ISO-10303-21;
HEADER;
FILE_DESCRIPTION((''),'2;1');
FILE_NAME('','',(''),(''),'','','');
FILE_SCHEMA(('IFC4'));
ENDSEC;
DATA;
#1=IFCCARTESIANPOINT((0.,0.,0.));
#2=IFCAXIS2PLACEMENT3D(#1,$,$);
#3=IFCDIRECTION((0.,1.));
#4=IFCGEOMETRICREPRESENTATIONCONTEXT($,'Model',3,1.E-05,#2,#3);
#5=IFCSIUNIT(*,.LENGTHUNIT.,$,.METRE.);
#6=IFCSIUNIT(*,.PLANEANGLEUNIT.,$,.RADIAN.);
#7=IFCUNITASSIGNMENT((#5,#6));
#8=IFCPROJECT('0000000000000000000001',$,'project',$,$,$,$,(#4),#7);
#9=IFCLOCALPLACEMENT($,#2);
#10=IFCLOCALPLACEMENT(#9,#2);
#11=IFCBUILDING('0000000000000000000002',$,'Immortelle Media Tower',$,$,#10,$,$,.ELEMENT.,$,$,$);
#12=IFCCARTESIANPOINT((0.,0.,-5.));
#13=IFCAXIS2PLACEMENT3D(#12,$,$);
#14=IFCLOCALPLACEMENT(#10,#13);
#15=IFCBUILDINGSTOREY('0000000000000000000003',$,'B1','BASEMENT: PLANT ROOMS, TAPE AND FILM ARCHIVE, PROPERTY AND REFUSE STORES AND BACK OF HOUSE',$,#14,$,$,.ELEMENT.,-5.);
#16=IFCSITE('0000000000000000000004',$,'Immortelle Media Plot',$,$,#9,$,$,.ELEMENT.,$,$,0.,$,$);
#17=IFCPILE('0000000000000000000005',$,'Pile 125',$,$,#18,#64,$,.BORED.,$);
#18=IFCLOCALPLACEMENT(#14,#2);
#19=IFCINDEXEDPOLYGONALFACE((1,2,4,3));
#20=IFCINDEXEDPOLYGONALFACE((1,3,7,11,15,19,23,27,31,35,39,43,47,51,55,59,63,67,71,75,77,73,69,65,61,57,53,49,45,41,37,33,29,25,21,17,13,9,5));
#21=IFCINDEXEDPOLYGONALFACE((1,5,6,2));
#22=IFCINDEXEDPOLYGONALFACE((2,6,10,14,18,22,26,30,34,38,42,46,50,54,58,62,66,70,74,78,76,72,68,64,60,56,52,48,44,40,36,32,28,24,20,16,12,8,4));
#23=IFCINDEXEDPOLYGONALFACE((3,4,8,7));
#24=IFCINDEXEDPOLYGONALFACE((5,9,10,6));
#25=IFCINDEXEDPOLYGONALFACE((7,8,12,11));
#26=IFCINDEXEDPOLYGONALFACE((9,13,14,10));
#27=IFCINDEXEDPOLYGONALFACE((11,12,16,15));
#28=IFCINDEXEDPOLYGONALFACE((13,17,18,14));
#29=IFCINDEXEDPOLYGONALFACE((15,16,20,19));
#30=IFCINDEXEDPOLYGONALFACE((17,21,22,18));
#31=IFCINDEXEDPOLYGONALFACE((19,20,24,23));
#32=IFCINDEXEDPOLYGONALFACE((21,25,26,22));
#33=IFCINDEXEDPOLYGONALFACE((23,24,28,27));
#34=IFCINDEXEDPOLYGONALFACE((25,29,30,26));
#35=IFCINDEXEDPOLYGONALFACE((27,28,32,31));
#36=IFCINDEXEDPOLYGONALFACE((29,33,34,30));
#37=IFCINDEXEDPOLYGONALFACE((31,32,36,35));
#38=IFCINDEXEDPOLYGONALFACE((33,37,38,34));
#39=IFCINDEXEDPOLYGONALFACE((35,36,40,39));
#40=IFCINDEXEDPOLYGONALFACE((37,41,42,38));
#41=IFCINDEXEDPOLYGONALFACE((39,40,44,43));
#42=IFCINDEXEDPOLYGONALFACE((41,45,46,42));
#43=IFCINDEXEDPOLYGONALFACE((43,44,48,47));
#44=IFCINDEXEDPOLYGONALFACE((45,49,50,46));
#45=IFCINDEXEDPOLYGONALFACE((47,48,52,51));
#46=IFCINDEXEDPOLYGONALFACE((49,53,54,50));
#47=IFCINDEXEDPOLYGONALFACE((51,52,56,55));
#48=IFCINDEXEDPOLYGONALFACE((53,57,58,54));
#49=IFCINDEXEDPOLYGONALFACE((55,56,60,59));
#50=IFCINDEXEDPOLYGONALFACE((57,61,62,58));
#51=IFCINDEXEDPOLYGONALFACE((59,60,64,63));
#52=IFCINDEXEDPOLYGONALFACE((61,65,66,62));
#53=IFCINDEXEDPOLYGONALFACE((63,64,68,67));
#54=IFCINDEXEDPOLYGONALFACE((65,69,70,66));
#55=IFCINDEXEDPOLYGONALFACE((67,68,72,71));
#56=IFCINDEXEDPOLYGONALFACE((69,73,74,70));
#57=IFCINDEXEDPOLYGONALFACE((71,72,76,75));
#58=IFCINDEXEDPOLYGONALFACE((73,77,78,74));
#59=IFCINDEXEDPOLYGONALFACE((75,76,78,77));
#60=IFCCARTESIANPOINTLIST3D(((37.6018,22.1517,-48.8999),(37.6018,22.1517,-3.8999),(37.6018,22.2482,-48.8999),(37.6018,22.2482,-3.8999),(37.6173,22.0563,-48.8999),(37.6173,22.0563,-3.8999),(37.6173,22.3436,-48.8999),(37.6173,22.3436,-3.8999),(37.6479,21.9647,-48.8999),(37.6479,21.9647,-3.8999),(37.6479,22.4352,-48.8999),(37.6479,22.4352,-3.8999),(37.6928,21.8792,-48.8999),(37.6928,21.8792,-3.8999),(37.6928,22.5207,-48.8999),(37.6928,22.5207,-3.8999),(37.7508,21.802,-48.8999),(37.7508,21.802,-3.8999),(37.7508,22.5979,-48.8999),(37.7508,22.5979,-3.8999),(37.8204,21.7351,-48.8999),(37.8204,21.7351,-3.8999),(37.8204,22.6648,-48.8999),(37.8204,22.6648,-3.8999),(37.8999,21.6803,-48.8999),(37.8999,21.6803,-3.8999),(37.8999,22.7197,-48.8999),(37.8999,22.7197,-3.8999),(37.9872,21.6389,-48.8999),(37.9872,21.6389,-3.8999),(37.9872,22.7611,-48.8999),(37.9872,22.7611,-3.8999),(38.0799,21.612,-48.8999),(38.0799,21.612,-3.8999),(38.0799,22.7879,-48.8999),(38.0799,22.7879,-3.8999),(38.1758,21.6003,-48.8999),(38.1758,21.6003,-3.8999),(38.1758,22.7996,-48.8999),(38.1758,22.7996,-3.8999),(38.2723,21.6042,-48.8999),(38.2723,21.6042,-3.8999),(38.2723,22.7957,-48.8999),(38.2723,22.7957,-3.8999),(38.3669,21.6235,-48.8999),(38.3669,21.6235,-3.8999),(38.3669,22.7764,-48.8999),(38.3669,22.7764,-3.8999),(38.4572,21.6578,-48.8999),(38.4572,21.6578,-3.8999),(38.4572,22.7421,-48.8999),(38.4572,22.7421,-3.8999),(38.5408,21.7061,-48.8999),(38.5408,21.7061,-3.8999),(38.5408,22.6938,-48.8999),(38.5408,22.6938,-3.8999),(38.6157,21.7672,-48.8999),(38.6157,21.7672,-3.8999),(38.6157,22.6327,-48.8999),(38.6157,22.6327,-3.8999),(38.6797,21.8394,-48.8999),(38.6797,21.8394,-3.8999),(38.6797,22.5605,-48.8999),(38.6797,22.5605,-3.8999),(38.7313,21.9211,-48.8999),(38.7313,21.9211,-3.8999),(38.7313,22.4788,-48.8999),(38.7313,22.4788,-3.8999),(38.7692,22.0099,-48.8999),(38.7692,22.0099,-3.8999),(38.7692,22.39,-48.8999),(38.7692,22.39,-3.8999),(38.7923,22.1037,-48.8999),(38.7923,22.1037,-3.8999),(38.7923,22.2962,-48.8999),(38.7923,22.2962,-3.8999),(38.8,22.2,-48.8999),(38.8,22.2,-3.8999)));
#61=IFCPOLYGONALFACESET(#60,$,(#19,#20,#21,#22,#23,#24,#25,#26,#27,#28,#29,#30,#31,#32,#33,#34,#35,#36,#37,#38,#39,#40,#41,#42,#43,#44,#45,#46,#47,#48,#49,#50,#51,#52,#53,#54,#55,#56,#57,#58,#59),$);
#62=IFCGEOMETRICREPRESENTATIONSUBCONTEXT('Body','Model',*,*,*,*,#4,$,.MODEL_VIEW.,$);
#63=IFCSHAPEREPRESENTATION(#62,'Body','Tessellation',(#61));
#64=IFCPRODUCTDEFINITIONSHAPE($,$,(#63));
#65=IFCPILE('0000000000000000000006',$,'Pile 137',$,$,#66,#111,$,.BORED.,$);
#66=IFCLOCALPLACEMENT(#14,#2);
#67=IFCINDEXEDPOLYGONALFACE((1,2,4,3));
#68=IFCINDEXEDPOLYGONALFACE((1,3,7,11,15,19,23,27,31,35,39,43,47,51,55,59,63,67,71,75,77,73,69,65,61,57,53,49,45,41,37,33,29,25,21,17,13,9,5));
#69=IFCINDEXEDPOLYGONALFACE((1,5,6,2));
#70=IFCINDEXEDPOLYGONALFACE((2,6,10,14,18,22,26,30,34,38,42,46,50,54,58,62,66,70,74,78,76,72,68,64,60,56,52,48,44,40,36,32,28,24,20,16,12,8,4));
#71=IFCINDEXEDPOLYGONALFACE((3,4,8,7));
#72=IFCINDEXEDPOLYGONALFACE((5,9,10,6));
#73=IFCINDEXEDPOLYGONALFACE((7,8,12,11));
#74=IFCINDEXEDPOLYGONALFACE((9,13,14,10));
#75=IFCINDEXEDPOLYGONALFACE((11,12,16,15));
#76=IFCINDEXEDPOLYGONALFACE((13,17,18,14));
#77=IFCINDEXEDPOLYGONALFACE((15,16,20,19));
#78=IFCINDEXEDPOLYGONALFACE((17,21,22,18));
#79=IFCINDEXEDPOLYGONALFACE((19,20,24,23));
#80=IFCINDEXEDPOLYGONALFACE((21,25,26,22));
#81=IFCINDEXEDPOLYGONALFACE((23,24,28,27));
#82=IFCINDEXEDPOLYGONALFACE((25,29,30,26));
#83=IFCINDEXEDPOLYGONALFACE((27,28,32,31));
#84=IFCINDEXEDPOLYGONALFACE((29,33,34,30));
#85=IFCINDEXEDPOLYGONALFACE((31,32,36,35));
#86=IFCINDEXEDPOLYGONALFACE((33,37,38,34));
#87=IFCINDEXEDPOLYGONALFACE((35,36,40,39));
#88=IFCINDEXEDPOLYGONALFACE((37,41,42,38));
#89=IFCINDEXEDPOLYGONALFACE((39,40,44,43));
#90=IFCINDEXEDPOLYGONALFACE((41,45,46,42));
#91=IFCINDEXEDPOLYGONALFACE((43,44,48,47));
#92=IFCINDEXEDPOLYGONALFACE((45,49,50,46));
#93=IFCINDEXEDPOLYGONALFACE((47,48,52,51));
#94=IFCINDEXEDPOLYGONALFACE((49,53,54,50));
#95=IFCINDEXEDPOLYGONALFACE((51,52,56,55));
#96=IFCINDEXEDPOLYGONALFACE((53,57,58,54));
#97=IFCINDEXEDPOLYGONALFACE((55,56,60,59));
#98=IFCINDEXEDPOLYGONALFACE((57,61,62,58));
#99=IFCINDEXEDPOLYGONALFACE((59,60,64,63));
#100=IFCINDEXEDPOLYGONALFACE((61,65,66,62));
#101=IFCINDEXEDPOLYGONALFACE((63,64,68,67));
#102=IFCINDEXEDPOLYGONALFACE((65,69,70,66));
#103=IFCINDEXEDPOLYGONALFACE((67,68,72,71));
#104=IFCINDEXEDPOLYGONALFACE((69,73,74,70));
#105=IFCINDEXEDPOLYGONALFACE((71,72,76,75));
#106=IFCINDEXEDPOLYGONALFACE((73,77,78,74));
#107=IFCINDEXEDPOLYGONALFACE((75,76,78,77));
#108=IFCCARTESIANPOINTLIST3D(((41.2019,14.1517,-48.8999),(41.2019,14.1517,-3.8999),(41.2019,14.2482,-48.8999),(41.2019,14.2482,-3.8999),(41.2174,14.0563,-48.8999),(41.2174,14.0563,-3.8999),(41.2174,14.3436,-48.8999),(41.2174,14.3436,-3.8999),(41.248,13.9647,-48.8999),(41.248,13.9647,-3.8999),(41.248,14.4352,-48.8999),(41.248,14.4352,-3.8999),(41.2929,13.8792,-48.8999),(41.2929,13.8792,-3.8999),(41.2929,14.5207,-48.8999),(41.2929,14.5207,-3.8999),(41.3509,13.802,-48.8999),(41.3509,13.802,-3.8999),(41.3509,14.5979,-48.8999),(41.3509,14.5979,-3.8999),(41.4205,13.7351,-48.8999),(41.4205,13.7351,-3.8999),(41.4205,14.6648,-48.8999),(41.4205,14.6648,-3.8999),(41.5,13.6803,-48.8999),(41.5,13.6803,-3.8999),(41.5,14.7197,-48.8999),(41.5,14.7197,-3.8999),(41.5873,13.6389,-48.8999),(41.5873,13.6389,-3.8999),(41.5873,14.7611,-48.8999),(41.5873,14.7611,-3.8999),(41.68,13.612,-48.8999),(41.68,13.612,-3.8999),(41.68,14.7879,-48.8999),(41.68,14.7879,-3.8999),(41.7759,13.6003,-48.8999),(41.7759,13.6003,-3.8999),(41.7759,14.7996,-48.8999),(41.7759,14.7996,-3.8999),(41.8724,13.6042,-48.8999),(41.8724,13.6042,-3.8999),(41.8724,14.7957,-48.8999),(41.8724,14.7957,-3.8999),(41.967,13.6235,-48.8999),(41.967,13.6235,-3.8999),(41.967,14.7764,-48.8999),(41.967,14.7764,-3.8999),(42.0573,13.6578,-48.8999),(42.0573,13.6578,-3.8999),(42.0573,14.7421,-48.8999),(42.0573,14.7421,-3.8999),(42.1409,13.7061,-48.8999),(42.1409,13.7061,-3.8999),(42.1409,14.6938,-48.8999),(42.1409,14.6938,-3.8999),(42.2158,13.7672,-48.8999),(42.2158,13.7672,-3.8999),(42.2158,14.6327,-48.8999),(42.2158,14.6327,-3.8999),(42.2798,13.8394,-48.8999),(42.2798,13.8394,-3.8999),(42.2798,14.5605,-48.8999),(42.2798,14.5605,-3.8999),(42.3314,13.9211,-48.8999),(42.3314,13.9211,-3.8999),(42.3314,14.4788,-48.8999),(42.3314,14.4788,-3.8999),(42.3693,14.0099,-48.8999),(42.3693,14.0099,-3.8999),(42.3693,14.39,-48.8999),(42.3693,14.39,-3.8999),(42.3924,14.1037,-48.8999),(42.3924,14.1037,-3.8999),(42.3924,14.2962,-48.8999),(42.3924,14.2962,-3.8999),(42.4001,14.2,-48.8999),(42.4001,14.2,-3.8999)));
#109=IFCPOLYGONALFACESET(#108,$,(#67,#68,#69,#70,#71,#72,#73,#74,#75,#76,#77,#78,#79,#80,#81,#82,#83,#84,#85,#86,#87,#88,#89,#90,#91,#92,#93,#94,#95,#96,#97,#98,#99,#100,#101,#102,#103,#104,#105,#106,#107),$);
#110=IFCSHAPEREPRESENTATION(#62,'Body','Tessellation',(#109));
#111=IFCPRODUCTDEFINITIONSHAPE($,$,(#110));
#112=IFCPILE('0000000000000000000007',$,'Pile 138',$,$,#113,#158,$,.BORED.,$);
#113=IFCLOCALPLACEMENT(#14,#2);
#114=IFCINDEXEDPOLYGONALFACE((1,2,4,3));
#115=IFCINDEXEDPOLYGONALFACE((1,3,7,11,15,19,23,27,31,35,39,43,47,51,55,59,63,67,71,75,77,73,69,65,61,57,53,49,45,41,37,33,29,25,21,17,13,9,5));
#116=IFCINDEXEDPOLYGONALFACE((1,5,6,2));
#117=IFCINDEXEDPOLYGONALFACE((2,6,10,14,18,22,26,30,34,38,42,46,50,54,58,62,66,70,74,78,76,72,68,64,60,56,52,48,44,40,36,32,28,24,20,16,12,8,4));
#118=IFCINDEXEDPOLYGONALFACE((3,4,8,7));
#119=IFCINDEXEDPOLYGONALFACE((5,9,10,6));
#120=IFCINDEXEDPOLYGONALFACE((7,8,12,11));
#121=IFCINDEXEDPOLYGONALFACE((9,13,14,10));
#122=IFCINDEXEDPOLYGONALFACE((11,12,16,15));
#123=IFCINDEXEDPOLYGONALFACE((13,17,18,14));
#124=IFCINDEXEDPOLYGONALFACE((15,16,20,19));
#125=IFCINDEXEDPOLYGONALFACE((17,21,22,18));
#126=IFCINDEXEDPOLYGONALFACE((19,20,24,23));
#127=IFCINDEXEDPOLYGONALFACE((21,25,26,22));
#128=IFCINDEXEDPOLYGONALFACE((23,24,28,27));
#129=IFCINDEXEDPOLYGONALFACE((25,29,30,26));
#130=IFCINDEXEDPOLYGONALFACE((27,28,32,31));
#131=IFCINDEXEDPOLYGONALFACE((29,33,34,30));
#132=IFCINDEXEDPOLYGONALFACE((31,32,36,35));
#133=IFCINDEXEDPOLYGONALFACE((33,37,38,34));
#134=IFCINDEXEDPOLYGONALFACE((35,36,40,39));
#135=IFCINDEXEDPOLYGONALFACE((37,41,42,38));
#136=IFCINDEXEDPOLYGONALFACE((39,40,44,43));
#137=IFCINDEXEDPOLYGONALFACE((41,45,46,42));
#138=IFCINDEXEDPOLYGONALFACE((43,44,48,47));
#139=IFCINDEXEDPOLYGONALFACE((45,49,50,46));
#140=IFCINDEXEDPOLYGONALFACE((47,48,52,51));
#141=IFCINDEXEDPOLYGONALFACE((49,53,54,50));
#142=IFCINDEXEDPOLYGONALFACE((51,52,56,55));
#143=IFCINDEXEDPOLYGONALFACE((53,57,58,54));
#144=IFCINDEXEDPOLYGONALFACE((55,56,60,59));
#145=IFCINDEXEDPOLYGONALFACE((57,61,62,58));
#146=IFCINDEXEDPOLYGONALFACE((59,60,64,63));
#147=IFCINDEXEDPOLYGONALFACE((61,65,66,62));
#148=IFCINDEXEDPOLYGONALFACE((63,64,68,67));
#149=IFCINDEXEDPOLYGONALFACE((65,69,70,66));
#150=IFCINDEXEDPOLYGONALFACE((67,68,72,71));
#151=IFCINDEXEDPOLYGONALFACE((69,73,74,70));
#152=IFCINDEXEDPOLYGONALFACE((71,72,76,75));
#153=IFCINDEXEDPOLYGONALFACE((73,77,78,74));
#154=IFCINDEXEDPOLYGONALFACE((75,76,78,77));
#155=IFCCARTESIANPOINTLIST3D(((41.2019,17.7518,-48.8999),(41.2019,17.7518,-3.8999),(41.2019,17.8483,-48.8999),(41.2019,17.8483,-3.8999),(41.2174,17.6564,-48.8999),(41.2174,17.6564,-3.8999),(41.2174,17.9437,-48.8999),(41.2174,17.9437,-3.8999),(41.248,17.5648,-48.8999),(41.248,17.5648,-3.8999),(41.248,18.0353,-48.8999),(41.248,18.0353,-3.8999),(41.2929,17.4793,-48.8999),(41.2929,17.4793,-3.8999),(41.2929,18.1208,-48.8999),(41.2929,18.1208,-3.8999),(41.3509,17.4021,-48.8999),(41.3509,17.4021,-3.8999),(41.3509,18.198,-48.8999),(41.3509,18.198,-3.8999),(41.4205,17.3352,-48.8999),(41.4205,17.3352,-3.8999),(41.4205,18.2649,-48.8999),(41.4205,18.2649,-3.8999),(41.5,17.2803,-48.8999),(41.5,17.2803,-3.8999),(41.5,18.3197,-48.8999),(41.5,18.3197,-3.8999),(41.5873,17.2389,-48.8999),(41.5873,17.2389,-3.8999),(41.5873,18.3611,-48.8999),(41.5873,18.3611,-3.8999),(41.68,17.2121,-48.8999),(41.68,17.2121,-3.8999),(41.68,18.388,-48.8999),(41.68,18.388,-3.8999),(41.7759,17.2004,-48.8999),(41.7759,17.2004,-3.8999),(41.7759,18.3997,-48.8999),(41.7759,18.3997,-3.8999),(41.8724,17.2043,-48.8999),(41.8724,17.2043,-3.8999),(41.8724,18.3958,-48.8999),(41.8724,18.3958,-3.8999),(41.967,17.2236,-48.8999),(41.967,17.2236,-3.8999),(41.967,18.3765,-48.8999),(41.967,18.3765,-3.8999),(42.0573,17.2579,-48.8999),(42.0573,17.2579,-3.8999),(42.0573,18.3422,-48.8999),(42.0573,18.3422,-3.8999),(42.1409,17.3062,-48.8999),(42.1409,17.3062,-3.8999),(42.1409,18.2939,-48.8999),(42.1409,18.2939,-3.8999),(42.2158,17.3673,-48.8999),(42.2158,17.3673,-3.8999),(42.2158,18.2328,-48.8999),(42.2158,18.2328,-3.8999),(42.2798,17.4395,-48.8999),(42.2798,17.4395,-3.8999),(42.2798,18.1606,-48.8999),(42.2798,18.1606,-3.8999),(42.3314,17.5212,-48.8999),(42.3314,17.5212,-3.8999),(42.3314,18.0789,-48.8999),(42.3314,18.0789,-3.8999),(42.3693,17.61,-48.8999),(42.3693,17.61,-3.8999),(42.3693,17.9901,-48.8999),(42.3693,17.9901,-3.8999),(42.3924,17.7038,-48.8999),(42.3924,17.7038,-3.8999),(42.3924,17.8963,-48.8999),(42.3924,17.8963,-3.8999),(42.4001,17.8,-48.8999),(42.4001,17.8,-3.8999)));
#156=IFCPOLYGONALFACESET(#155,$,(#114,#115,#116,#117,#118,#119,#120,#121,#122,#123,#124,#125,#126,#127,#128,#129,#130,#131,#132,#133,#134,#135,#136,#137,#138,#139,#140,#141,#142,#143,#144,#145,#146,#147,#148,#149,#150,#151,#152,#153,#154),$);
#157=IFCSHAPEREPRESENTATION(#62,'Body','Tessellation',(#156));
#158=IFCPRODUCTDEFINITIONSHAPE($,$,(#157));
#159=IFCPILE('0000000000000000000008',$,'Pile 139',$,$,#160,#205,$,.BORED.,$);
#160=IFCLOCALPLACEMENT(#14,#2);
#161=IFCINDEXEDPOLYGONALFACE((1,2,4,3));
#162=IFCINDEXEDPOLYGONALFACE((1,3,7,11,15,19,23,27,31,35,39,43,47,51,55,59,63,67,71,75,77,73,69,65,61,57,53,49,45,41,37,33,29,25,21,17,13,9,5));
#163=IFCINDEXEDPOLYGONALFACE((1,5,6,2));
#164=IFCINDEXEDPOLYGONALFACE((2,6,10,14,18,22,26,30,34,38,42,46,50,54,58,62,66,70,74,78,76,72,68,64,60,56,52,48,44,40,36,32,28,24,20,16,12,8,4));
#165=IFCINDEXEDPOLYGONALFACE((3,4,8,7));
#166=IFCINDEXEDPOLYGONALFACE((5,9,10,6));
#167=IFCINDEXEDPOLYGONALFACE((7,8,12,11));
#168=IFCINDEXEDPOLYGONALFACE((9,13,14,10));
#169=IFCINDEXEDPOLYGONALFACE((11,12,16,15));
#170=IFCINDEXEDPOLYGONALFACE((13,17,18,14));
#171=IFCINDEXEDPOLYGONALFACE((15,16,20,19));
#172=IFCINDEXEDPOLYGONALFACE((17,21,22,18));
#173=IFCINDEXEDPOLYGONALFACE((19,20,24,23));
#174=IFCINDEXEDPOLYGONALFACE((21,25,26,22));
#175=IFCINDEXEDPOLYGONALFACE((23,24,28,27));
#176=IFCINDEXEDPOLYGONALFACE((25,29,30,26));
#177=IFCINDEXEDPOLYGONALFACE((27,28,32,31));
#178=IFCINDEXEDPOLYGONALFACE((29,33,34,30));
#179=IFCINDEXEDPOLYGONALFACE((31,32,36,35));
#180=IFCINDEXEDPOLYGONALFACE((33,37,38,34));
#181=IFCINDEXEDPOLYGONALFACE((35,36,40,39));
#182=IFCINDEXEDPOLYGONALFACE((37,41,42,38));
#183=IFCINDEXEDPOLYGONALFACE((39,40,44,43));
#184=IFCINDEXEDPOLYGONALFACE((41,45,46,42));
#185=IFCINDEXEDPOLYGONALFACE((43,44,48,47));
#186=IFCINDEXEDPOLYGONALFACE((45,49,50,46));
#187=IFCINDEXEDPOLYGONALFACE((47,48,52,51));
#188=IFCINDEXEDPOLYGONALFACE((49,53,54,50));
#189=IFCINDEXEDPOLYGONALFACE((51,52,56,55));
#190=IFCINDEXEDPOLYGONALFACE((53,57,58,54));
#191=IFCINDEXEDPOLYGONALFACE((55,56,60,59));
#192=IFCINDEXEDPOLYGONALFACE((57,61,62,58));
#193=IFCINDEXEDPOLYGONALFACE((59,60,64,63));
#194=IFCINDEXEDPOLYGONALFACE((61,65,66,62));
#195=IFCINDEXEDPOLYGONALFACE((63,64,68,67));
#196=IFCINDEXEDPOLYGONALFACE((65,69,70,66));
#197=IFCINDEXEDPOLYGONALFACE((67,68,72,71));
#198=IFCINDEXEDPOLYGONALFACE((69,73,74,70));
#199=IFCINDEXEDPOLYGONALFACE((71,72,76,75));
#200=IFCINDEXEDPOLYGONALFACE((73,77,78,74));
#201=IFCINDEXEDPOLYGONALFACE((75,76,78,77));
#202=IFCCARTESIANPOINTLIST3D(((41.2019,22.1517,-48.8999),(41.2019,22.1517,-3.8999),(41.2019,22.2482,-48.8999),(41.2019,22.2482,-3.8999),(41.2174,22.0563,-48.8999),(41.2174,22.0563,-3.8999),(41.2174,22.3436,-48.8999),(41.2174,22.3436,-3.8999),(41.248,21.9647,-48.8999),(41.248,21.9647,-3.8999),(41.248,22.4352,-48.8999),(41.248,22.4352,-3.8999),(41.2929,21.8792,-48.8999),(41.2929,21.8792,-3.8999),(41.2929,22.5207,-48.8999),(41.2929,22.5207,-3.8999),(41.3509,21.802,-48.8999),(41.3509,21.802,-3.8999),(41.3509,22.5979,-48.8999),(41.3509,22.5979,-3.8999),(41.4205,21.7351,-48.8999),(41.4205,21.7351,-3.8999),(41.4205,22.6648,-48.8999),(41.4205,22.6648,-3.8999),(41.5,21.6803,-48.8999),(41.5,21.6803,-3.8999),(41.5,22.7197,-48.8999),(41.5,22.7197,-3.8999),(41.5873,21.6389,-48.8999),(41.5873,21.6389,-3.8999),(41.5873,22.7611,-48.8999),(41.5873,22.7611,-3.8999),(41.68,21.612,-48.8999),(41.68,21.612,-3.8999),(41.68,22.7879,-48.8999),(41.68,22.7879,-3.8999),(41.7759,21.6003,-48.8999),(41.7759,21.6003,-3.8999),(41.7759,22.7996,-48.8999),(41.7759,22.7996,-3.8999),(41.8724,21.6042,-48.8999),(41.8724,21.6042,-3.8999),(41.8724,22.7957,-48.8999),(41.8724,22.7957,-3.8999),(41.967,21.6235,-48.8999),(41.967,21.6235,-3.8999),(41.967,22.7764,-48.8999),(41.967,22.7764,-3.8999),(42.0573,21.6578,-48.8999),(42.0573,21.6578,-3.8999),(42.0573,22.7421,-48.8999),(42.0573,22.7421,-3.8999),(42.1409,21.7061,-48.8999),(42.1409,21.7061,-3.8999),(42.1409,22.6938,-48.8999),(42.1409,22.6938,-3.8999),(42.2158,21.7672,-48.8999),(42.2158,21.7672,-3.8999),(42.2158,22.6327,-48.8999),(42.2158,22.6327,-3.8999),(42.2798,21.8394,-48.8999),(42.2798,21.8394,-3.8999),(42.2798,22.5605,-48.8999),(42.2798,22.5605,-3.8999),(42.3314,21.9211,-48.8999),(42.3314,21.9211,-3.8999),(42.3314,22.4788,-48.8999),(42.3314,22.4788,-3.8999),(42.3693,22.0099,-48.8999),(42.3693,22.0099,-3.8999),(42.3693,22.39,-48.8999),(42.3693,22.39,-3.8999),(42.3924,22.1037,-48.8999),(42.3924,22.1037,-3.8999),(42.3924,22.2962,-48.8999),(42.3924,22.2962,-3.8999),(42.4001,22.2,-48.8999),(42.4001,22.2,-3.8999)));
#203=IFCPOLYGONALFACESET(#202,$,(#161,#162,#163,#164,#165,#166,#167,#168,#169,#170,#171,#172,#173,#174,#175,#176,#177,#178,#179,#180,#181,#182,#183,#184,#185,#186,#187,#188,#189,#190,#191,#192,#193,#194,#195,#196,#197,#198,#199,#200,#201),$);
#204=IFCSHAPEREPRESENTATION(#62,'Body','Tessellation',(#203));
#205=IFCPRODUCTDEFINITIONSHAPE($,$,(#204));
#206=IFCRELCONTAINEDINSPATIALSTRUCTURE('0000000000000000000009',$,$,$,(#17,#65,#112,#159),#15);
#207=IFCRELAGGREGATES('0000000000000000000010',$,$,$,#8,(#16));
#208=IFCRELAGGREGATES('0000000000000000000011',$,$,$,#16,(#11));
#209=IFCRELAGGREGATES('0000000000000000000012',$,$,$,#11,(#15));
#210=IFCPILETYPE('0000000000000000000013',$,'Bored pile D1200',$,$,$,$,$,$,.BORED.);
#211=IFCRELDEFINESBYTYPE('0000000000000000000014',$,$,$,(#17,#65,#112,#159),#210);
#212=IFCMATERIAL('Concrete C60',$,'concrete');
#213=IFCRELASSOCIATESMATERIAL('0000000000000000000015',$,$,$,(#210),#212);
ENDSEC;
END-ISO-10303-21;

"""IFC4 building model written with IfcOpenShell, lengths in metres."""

from ifc_helpers import new_model, si_unit, direction, frame, origin, origin_2d, place, context, subcontext, project, spatial, circle, extrude, material, material_profile, profile_set, type_object, element, save


model = new_model("IFC4")

# Units and contexts
model_context = context("Model", 3, precision=1e-05, world=origin(), true_north=direction((0.0, 1.0)))
body_context = subcontext(model_context, "Body", "Model", "MODEL_VIEW")
ifc_project = project(units=[si_unit("LENGTHUNIT", "METRE"), si_unit("PLANEANGLEUNIT", "RADIAN")], contexts=[model_context])

# Site, building, storey
site_placement = place(None, origin())
site = spatial("IfcSite", under=ifc_project, at=site_placement, Name="Immortelle Media Plot", CompositionType="ELEMENT", RefElevation=0.0)
building_placement = place(site_placement, origin())
building = spatial("IfcBuilding", under=site, at=building_placement, Name="Immortelle Media Tower", CompositionType="ELEMENT")
storey_placement = place(building_placement, frame((0.0, 0.0, -5.0)))
storey = spatial("IfcBuildingStorey", under=building, at=storey_placement, Name="B1", Description="BASEMENT: PLANT ROOMS, TAPE AND FILM ARCHIVE, PROPERTY AND REFUSE STORES AND BACK OF HOUSE", CompositionType="ELEMENT", Elevation=-5.0)

# Piles
ifc_material_1 = material(Name="Concrete C60", Category="concrete")
ifc_material_profile_1 = material_profile(ifc_material_1, circle(Radius=0.6001, at=origin_2d()), Name="Bored pile D1200")
ifc_profile_set_1 = profile_set([ifc_material_profile_1], Name="Concrete C60")
pile_type = type_object("IfcPileType", Name="Bored pile D1200", PredefinedType="BORED", material=ifc_profile_set_1)
for number, where, z_axis, x_axis, name in (
    (1, (38.2, 22.2, -3.8999), (0.0, 0.0, -1.0), (1.0, 0.0, 0.0), "Pile 125"),
    (2, (41.8, 14.2, -3.8999), (0.0, 0.0, -1.0), (1.0, 0.0, 0.0), "Pile 137"),
    (3, (41.8, 17.8, -3.8999), (0.0, 0.0, -1.0), (1.0, 0.0, 0.0), "Pile 138"),
    (4, (41.8, 22.2, -3.8999), (0.0, 0.0, -1.0), (1.0, 0.0, 0.0), "Pile 139"),
):
    element("IfcPile", number, at=place(storey_placement, frame(where, z_axis=z_axis, x_axis=x_axis)), inside=storey, type_object=pile_type, Name=name, PredefinedType="BORED", context=body_context, shape_type="SweptSolid", body=[
        extrude(circle(Radius=0.6001, at=origin_2d()), origin(), (0.0, 0.0, 1.0), 45.0),
    ])

save(model, "model.ifc")
